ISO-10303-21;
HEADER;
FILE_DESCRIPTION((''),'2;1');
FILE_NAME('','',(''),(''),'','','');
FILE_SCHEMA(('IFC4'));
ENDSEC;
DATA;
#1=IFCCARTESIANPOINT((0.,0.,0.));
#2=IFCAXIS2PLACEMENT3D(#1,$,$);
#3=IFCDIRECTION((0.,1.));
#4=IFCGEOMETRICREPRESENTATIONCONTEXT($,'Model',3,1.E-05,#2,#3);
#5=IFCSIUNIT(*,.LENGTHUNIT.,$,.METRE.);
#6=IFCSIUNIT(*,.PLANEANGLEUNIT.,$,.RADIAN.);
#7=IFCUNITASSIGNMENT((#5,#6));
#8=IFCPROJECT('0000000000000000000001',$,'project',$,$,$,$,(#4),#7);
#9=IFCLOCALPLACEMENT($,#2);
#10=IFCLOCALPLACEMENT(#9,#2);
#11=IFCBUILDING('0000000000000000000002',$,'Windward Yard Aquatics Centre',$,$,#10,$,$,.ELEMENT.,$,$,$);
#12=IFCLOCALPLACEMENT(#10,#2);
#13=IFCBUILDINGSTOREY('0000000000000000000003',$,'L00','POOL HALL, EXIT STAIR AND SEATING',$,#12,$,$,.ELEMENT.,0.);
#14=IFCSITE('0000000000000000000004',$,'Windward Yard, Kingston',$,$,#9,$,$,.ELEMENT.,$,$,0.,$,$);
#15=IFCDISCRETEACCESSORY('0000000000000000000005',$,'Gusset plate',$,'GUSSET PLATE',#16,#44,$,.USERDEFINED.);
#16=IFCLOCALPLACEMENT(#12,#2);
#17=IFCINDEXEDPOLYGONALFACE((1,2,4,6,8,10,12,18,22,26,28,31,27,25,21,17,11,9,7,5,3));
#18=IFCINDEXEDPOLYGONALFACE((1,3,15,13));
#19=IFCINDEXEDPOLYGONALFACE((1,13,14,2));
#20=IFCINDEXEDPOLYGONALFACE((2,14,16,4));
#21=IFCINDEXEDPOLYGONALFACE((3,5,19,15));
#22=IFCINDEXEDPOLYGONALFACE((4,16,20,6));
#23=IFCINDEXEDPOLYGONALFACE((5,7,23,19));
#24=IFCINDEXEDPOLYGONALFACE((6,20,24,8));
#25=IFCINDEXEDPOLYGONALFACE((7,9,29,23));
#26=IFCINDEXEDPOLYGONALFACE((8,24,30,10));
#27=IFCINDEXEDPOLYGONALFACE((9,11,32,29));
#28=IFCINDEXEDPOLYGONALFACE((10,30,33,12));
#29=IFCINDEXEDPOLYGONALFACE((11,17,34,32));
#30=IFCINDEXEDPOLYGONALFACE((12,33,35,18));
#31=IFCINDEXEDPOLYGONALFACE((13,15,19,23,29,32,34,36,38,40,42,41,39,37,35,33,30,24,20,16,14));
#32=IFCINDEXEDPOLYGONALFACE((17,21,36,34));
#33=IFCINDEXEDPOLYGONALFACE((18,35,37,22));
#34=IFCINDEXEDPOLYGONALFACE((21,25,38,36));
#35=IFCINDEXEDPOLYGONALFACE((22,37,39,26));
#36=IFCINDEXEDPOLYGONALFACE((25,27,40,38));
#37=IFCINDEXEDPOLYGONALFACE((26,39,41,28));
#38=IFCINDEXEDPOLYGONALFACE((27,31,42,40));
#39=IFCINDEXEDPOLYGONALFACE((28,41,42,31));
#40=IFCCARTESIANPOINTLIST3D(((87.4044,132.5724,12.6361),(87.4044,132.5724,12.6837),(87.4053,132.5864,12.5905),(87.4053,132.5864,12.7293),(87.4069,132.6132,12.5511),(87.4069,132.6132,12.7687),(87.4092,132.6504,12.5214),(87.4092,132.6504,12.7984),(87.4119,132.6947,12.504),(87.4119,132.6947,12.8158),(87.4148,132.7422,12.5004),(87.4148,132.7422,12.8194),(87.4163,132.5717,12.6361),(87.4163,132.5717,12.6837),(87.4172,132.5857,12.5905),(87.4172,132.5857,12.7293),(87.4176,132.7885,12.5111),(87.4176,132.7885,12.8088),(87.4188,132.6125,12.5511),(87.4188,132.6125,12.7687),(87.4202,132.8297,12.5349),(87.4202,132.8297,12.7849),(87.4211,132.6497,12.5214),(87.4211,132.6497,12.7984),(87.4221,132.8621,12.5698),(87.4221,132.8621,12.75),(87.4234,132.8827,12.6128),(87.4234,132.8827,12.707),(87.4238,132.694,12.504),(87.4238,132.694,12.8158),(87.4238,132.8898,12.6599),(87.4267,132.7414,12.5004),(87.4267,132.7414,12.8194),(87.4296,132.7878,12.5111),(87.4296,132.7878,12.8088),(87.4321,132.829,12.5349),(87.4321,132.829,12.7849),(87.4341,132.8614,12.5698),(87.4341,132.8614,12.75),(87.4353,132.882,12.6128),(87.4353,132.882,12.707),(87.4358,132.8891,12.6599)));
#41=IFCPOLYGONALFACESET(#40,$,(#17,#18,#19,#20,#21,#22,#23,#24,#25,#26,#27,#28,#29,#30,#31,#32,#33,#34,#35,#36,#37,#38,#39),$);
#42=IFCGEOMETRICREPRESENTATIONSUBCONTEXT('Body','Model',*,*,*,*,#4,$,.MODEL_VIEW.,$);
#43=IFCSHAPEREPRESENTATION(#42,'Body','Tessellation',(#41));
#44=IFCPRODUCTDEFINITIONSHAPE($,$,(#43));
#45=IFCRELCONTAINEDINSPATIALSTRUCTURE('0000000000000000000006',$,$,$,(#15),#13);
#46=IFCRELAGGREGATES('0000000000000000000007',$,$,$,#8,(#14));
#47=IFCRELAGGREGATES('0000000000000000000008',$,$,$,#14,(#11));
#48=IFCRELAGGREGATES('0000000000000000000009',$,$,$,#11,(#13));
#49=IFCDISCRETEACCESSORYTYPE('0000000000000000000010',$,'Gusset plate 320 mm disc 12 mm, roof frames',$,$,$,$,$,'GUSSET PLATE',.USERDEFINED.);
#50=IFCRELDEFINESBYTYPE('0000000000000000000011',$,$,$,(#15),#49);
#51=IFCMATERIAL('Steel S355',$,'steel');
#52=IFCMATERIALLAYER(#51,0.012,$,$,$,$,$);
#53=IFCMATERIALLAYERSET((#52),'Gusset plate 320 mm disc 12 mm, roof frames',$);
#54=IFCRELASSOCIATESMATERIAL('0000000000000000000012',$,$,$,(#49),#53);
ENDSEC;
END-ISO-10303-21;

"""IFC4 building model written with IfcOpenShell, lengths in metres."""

from ifc_helpers import new_model, si_unit, direction, frame, origin, origin_2d, place, context, subcontext, project, spatial, circle, extrude, material, layer, layer_set, type_object, element, save


model = new_model("IFC4")

# Units and contexts
model_context = context("Model", 3, precision=1e-05, world=origin(), true_north=direction((0.0, 1.0)))
body_context = subcontext(model_context, "Body", "Model", "MODEL_VIEW")
ifc_project = project(units=[si_unit("LENGTHUNIT", "METRE"), si_unit("PLANEANGLEUNIT", "RADIAN")], contexts=[model_context])

# Site, building, storey
site_placement = place(None, origin())
site = spatial("IfcSite", under=ifc_project, at=site_placement, Name="Windward Yard, Kingston", CompositionType="ELEMENT", RefElevation=0.0)
building_placement = place(site_placement, origin())
building = spatial("IfcBuilding", under=site, at=building_placement, Name="Windward Yard Aquatics Centre", CompositionType="ELEMENT")
storey_placement = place(building_placement, origin())
storey = spatial("IfcBuildingStorey", under=building, at=storey_placement, Name="L00", Description="POOL HALL, EXIT STAIR AND SEATING", CompositionType="ELEMENT", Elevation=0.0)

# Shared definitions
ifc_material_1 = material(Name="Steel S355", Category="steel")

# Discrete accessory
ifc_layer_1 = layer(ifc_material_1, 0.012)
ifc_layer_set_1 = layer_set([ifc_layer_1], Name="Gusset plate 320 mm disc 12 mm, roof frames")
discrete_accessory_type = type_object("IfcDiscreteAccessoryType", Name="Gusset plate 320 mm disc 12 mm, roof frames", ElementType="GUSSET PLATE", PredefinedType="USERDEFINED", material=ifc_layer_set_1)
for number, where, z_axis, x_axis, name in (
    (1, (87.4141, 132.7302, 12.6599), (0.998131, -0.06111, 0.0), (0.06111, 0.998131, 0.0), "Gusset plate"),
):
    element("IfcDiscreteAccessory", number, at=place(storey_placement, frame(where, z_axis=z_axis, x_axis=x_axis)), inside=storey, type_object=discrete_accessory_type, Name=name, ObjectType="GUSSET PLATE", PredefinedType="USERDEFINED", context=body_context, shape_type="SweptSolid", body=[
        extrude(circle(Radius=0.1599, at=origin_2d()), origin(), (0.0, 0.0, 1.0), 0.012),
    ])

save(model, "model.ifc")
